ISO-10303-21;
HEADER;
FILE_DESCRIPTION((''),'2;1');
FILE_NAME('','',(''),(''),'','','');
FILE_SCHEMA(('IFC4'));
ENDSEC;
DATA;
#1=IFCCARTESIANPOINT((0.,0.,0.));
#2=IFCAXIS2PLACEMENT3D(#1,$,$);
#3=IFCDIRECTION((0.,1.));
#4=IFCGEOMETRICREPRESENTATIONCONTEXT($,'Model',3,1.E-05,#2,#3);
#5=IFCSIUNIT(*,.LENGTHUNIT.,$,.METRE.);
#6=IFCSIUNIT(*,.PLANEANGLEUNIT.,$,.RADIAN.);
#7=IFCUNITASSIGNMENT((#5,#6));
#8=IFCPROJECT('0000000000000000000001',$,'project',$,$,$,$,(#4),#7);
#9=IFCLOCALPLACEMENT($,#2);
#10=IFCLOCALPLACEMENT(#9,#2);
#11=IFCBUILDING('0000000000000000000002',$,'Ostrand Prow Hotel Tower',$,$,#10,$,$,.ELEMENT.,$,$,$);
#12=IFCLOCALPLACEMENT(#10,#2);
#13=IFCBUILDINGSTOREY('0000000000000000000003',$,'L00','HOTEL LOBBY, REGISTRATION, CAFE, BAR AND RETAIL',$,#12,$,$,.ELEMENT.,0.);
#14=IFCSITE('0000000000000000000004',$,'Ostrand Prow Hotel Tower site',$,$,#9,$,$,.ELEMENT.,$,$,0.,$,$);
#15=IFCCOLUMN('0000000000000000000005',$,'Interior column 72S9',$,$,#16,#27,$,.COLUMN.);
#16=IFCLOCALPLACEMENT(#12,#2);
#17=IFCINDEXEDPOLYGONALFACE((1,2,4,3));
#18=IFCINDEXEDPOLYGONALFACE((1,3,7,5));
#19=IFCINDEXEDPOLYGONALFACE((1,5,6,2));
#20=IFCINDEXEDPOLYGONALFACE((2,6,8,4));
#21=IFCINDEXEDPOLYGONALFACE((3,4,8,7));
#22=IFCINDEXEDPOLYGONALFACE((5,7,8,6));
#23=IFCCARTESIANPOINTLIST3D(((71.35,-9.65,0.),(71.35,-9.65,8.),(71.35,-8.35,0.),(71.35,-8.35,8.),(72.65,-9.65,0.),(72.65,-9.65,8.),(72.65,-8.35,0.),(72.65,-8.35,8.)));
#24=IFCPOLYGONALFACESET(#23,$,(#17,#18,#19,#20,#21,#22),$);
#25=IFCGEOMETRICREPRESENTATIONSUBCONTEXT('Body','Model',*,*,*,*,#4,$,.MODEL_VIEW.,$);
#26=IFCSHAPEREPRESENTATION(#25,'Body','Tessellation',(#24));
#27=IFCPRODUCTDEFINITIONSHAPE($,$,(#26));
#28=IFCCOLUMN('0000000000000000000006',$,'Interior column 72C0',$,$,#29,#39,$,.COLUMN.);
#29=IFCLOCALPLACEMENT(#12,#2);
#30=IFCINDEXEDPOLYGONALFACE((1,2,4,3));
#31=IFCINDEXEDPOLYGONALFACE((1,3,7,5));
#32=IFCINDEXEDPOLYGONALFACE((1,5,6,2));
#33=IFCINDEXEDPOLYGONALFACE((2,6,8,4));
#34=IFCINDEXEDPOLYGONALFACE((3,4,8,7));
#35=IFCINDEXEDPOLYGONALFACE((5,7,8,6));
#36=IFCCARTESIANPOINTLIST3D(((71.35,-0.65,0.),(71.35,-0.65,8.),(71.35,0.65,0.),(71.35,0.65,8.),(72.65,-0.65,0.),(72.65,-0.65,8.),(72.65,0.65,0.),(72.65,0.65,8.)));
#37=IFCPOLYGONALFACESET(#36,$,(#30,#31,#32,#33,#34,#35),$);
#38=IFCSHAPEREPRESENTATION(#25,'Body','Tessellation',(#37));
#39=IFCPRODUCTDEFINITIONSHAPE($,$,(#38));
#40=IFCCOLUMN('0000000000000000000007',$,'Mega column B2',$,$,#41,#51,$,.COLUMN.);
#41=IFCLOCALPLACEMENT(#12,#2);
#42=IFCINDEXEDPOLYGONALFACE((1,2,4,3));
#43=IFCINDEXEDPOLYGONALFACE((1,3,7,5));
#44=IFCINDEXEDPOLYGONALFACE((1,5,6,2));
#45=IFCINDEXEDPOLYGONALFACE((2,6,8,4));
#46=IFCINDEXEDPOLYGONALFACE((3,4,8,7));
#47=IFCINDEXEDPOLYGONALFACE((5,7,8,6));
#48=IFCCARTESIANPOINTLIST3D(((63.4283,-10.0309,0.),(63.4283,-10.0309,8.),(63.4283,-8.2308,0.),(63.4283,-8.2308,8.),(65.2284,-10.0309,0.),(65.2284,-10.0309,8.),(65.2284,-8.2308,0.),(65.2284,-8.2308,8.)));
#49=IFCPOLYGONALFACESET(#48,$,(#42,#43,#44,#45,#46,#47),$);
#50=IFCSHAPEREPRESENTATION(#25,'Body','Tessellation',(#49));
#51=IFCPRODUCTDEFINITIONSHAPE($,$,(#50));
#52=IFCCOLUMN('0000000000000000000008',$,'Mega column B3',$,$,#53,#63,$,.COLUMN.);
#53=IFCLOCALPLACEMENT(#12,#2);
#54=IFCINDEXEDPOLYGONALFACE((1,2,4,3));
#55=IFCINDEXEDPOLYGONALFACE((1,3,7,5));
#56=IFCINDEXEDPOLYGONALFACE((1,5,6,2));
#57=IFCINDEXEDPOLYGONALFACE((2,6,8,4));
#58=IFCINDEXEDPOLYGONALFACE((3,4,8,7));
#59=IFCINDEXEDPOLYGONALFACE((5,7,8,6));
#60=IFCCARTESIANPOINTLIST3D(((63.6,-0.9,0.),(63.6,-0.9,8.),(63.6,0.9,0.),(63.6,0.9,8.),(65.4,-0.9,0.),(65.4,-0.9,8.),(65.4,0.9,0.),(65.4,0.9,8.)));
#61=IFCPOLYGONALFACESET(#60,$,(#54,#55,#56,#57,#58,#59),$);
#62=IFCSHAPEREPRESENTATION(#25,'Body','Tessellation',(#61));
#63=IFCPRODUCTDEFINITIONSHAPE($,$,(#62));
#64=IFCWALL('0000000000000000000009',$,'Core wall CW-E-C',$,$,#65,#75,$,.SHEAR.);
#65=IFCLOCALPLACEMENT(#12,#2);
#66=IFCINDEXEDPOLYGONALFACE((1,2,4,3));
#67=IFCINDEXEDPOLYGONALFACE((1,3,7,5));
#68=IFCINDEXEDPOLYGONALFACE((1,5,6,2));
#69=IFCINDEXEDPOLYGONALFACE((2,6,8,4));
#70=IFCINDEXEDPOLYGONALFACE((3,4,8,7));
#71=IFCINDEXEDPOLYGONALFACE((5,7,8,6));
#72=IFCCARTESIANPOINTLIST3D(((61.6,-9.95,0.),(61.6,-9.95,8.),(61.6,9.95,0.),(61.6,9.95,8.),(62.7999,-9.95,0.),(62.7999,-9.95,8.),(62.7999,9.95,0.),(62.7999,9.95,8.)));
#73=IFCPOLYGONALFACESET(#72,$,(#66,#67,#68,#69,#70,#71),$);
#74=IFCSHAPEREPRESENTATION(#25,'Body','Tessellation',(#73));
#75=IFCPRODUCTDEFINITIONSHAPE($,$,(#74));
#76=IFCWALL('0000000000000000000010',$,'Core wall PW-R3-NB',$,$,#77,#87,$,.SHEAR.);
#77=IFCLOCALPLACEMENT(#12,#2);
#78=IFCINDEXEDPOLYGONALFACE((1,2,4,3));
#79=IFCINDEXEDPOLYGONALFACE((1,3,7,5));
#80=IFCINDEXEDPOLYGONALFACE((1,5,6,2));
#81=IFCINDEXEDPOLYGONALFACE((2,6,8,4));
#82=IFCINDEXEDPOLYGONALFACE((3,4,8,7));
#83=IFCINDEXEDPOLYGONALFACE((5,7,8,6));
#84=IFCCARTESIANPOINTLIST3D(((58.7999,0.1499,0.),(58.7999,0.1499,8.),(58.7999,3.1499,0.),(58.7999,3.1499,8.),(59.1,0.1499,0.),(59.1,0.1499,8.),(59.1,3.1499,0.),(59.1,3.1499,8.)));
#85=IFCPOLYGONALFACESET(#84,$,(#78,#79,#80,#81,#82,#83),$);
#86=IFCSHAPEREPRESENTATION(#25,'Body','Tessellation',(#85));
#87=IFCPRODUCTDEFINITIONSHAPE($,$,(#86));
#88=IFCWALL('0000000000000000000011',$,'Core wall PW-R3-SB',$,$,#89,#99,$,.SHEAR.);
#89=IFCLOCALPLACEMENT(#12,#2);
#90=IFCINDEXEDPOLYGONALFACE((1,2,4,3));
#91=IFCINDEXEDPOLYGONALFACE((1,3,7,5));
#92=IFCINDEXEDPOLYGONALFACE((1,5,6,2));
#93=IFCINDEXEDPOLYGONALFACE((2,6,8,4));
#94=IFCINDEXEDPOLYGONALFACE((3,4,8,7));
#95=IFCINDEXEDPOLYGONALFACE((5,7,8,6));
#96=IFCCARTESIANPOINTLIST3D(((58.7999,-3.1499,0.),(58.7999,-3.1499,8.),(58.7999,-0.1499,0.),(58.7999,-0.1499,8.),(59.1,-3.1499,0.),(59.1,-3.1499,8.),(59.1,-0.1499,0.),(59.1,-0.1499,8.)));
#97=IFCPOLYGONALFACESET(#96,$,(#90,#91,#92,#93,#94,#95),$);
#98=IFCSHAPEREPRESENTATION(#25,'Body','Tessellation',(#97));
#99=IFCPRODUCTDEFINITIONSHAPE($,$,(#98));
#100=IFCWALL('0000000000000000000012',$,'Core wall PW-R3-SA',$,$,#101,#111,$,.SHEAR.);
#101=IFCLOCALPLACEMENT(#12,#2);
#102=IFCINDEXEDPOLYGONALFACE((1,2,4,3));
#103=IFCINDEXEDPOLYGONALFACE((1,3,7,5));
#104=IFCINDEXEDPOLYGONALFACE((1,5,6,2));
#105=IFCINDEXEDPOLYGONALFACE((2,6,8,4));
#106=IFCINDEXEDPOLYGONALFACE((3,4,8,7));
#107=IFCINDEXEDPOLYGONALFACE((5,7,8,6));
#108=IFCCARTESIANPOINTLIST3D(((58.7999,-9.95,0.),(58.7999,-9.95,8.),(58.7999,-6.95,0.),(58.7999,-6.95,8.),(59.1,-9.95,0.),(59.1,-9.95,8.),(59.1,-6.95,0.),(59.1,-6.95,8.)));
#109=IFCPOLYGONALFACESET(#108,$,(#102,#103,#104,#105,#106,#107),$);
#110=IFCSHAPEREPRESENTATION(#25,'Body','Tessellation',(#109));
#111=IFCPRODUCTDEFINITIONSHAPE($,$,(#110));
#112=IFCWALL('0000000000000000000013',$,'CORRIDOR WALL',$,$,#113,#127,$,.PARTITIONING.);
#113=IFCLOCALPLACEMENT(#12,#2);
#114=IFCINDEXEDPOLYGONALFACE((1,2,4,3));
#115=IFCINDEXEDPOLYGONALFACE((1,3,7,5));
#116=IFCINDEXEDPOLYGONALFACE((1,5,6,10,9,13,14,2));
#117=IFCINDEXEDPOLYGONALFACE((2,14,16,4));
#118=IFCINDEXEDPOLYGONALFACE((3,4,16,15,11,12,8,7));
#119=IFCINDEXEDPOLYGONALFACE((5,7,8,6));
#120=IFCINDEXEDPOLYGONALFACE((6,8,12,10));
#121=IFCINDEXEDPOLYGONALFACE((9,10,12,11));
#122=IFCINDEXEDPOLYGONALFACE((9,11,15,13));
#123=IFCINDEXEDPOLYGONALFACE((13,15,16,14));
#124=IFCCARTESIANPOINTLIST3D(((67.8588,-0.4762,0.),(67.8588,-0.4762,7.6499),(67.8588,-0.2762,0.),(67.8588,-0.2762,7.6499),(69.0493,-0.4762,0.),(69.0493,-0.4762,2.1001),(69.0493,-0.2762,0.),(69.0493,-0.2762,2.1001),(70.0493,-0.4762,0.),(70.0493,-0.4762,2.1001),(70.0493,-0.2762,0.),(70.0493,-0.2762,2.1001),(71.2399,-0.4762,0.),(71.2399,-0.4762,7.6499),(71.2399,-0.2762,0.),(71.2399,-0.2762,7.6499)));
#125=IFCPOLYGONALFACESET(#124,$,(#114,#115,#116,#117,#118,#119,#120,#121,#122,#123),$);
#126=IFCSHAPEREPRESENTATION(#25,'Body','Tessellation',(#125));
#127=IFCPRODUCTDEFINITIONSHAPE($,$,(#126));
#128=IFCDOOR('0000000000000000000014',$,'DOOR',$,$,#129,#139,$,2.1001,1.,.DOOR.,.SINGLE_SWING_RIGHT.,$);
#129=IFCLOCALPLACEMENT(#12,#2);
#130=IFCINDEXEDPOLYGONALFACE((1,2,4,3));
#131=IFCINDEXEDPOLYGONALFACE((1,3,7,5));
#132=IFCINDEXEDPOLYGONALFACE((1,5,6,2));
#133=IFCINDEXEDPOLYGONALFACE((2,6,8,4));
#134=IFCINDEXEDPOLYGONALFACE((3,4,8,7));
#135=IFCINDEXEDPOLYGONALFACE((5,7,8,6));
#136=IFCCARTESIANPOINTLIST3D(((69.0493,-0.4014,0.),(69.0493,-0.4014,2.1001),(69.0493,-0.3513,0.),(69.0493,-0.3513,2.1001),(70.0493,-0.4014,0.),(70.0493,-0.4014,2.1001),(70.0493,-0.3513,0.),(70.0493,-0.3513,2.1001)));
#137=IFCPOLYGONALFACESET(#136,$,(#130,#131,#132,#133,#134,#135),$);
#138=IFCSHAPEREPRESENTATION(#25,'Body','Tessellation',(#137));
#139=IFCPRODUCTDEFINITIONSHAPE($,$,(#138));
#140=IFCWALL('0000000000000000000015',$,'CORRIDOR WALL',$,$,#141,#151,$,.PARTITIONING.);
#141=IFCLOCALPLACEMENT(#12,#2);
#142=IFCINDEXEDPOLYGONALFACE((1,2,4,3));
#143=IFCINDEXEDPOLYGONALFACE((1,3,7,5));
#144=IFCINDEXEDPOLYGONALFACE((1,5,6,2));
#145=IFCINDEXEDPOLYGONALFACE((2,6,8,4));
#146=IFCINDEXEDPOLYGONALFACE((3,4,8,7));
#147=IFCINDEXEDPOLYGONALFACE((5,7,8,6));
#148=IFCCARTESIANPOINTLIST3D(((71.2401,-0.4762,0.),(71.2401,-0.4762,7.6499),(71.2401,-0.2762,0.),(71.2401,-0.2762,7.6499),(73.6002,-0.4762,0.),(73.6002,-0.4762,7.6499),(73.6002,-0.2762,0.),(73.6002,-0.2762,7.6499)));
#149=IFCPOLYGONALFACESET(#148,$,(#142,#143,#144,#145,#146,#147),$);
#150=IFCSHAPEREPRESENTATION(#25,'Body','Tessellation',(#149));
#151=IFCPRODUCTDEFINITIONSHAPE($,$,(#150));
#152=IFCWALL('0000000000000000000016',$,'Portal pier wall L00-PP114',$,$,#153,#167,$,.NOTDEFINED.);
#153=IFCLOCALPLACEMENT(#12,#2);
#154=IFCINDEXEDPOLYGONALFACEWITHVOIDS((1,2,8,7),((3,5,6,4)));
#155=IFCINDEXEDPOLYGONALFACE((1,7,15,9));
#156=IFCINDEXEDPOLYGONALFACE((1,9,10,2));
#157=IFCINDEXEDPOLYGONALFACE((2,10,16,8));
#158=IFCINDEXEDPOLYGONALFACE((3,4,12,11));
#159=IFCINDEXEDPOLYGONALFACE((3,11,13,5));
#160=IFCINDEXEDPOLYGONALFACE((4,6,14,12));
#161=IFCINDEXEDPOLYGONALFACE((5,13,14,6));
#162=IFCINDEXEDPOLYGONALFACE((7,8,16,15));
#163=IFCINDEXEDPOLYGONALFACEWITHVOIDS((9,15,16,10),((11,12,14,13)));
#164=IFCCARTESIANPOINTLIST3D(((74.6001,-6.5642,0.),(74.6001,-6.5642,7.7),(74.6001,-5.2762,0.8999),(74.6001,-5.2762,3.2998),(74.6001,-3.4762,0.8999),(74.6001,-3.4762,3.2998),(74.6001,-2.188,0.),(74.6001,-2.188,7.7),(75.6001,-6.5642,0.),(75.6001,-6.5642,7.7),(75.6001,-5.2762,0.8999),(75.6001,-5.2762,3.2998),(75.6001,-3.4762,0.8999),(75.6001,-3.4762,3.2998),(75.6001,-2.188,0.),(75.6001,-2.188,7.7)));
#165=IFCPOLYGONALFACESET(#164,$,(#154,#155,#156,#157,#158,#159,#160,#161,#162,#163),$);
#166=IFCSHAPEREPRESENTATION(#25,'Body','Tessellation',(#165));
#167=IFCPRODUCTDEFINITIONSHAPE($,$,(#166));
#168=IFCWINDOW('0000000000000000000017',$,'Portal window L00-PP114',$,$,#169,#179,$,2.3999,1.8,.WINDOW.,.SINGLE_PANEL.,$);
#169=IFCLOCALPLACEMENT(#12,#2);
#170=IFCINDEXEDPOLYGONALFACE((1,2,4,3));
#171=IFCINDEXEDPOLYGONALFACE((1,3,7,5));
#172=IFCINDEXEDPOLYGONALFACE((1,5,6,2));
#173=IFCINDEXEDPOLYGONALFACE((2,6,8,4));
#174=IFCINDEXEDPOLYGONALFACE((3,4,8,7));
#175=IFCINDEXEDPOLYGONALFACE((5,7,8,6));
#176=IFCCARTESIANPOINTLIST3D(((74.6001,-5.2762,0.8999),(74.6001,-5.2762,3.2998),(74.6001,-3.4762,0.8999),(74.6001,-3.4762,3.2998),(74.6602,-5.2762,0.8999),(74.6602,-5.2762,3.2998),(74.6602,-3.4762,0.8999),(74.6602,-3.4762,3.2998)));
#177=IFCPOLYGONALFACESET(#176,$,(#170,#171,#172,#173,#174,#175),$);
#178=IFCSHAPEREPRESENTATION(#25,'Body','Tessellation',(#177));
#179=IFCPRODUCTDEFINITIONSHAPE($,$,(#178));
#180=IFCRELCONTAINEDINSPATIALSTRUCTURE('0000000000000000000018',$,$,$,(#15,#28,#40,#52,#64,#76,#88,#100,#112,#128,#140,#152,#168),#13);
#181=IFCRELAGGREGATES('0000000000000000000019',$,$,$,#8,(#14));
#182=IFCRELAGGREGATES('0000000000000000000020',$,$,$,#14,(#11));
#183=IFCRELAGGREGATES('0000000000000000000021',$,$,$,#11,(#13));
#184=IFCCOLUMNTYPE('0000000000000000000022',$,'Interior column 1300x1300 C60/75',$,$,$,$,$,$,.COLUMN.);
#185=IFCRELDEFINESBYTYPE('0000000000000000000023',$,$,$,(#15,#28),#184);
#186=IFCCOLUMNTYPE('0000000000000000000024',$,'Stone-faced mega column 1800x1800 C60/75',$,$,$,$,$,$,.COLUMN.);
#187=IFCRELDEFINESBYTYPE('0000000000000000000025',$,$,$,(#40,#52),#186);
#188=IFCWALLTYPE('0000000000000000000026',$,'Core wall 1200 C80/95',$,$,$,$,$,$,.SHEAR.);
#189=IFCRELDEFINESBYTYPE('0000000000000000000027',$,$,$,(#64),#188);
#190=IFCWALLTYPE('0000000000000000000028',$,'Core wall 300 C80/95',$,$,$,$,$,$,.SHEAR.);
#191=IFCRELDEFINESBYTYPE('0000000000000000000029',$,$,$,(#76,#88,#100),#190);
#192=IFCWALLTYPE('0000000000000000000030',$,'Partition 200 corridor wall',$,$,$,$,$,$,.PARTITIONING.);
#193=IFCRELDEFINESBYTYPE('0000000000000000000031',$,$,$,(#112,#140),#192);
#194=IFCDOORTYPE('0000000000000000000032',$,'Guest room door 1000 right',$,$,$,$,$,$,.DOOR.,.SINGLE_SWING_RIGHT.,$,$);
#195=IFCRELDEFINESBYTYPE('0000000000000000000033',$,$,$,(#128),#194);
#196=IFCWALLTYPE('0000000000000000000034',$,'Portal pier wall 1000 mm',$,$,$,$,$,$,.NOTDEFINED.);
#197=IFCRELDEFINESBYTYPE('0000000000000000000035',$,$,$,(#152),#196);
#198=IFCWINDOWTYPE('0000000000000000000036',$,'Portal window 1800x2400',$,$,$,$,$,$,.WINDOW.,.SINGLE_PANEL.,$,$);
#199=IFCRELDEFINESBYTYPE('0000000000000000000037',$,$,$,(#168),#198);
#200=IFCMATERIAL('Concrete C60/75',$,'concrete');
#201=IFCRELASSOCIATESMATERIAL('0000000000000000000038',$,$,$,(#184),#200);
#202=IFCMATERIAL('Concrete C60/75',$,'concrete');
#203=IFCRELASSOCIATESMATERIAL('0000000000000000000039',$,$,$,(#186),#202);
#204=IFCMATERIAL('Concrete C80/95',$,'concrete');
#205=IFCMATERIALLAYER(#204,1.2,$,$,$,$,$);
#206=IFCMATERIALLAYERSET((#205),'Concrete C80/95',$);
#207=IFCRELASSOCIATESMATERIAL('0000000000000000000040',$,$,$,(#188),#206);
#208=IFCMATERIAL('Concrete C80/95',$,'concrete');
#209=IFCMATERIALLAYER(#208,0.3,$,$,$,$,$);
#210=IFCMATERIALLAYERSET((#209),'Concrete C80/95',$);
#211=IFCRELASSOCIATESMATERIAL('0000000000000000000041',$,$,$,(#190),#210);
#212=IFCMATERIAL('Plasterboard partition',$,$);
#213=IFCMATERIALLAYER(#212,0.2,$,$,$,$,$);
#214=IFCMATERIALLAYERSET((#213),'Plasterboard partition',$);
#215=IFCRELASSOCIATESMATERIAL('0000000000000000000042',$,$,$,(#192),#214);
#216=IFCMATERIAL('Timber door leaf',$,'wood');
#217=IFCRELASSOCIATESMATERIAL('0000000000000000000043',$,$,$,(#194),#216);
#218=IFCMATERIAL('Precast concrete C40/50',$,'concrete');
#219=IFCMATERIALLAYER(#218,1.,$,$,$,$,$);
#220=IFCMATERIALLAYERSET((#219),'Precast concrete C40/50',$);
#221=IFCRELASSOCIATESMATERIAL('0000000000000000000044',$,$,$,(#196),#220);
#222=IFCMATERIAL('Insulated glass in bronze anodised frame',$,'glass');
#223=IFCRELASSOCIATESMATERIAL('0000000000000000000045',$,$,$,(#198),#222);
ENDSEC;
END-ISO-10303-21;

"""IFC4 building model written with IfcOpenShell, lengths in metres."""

from ifc_helpers import new_model, si_unit, direction, frame, frame_2d, origin, origin_2d, place, context, subcontext, project, spatial, polyline, rectangle, outline, extrude, material, layer, layer_set, material_profile, profile_set, type_object, element, fill, save


model = new_model("IFC4")

# Units and contexts
model_context = context("Model", 3, precision=1e-05, world=origin(), true_north=direction((0.0, 1.0)))
body_context = subcontext(model_context, "Body", "Model", "MODEL_VIEW")
ifc_project = project(units=[si_unit("LENGTHUNIT", "METRE"), si_unit("PLANEANGLEUNIT", "RADIAN")], contexts=[model_context])

# Site, building, storey
site_placement = place(None, origin())
site = spatial("IfcSite", under=ifc_project, at=site_placement, Name="Ostrand Prow Hotel Tower site", CompositionType="ELEMENT", RefElevation=0.0)
building_placement = place(site_placement, origin())
building = spatial("IfcBuilding", under=site, at=building_placement, Name="Ostrand Prow Hotel Tower", CompositionType="ELEMENT")
storey_placement = place(building_placement, origin())
storey = spatial("IfcBuildingStorey", under=building, at=storey_placement, Name="L00", Description="HOTEL LOBBY, REGISTRATION, CAFE, BAR AND RETAIL", CompositionType="ELEMENT", Elevation=0.0)

# Columns
ifc_material_1 = material(Name="Concrete C60/75", Category="concrete")
ifc_material_profile_1 = material_profile(ifc_material_1, rectangle(XDim=1.3, YDim=1.3, at=origin_2d()), Name="RC 1300x1300")
ifc_profile_set_1 = profile_set([ifc_material_profile_1], Name="Concrete C60/75")
column_type_1 = type_object("IfcColumnType", Name="Interior column 1300x1300 C60/75", PredefinedType="COLUMN", material=ifc_profile_set_1)
for number, where, z_axis, x_axis, name in (
    (1, (72.0, -9.0, 0.0), (0.0, 0.0, 1.0), (1.0, 0.0, 0.0), "Interior column 72S9"),
    (2, (72.0, 0.0, 0.0), (0.0, 0.0, 1.0), (1.0, 0.0, 0.0), "Interior column 72C0"),
):
    element("IfcColumn", number, at=place(storey_placement, frame(where, z_axis=z_axis, x_axis=x_axis)), inside=storey, type_object=column_type_1, Name=name, PredefinedType="COLUMN", context=body_context, shape_type="SweptSolid", body=[
        extrude(rectangle(XDim=1.3, YDim=1.3, at=origin_2d()), origin(), (0.0, 0.0, 1.0), 8.0),
    ])
ifc_material_2 = material(Name="Concrete C60/75", Category="concrete")
ifc_material_profile_2 = material_profile(ifc_material_2, rectangle(XDim=1.8, YDim=1.8, at=origin_2d()), Name="RC 1800x1800")
ifc_profile_set_2 = profile_set([ifc_material_profile_2], Name="Concrete C60/75")
column_type_2 = type_object("IfcColumnType", Name="Stone-faced mega column 1800x1800 C60/75", PredefinedType="COLUMN", material=ifc_profile_set_2)
for number, where, z_axis, x_axis, name in (
    (3, (64.3284, -9.1309, 0.0), (0.0, 0.0, 1.0), (1.0, 0.0, 0.0), "Mega column B2"),
    (4, (64.5, 0.0, 0.0), (0.0, 0.0, 1.0), (1.0, 0.0, 0.0), "Mega column B3"),
):
    element("IfcColumn", number, at=place(storey_placement, frame(where, z_axis=z_axis, x_axis=x_axis)), inside=storey, type_object=column_type_2, Name=name, PredefinedType="COLUMN", context=body_context, shape_type="SweptSolid", body=[
        extrude(rectangle(XDim=1.8, YDim=1.8, at=origin_2d()), origin(), (0.0, 0.0, 1.0), 8.0),
    ])

# Walls
ifc_material_3 = material(Name="Concrete C80/95", Category="concrete")
ifc_layer_1 = layer(ifc_material_3, 1.2)
ifc_layer_set_1 = layer_set([ifc_layer_1], Name="Concrete C80/95")
wall_type_1 = type_object("IfcWallType", Name="Core wall 1200 C80/95", PredefinedType="SHEAR", material=ifc_layer_set_1)
wall_1_placement = place(storey_placement, frame((62.2, -9.95, 0.0), z_axis=(0.0, 0.0, 1.0), x_axis=(0.0, 1.0, 0.0)))
element("IfcWall", 5, at=wall_1_placement, inside=storey, type_object=wall_type_1, Name="Core wall CW-E-C", PredefinedType="SHEAR", context=body_context, shape_type="SweptSolid", body=[
    extrude(rectangle(XDim=19.8999, YDim=1.2, at=frame_2d((9.95, 0.0))), origin(), (0.0, 0.0, 1.0), 8.0),
])
ifc_material_4 = material(Name="Concrete C80/95", Category="concrete")
ifc_layer_2 = layer(ifc_material_4, 0.3)
ifc_layer_set_2 = layer_set([ifc_layer_2], Name="Concrete C80/95")
wall_type_2 = type_object("IfcWallType", Name="Core wall 300 C80/95", PredefinedType="SHEAR", material=ifc_layer_set_2)
for number, where, z_axis, x_axis, name in (
    (6, (58.95, 0.1499, 0.0), (0.0, 0.0, 1.0), (0.0, 1.0, 0.0), "Core wall PW-R3-NB"),
    (7, (58.95, -3.1499, 0.0), (0.0, 0.0, 1.0), (0.0, 1.0, 0.0), "Core wall PW-R3-SB"),
    (8, (58.95, -9.95, 0.0), (0.0, 0.0, 1.0), (0.0, 1.0, 0.0), "Core wall PW-R3-SA"),
):
    element("IfcWall", number, at=place(storey_placement, frame(where, z_axis=z_axis, x_axis=x_axis)), inside=storey, type_object=wall_type_2, Name=name, PredefinedType="SHEAR", context=body_context, shape_type="SweptSolid", body=[
        extrude(rectangle(XDim=3.0, YDim=0.3, at=frame_2d((1.5, 0.0))), origin(), (0.0, 0.0, 1.0), 8.0),
    ])

# Wall, opening, door
ifc_material_5 = material(Name="Plasterboard partition")
ifc_layer_3 = layer(ifc_material_5, 0.2)
ifc_layer_set_3 = layer_set([ifc_layer_3], Name="Plasterboard partition")
wall_type_3 = type_object("IfcWallType", Name="Partition 200 corridor wall", PredefinedType="PARTITIONING", material=ifc_layer_set_3)
wall_2_placement = place(storey_placement, frame((67.8589, -0.3762, 0.0), z_axis=(0.0, 0.0, 1.0), x_axis=(1.0, 0.0, 0.0)))
wall_2 = element("IfcWall", 9, at=wall_2_placement, inside=storey, type_object=wall_type_3, Name="CORRIDOR WALL", PredefinedType="PARTITIONING", context=body_context, shape_type="SweptSolid", body=[
    extrude(rectangle(XDim=3.3811, YDim=0.2, at=frame_2d((1.6904, 0.0))), origin(), (0.0, 0.0, 1.0), 7.6499),
])
opening_1_placement = place(wall_2_placement, frame((1.1904, 0.0, 0.0)))
opening_1 = element("IfcOpeningElement", 10, at=opening_1_placement, cuts=wall_2, PredefinedType="OPENING", context=body_context, shape_type="SweptSolid", body=[
    extrude(rectangle(XDim=1.0, YDim=2.1001, at=frame_2d((0.5, 1.05))), frame((0.0, 0.1099, 0.0), z_axis=(0.0, -1.0, 0.0), x_axis=(1.0, 0.0, 0.0)), (0.0, 0.0, 1.0), 0.22),
])
ifc_material_6 = material(Name="Timber door leaf", Category="wood")
door_type_1 = type_object("IfcDoorType", Name="Guest room door 1000 right", OperationType="SINGLE_SWING_RIGHT", PredefinedType="DOOR", material=ifc_material_6)
door_1_placement = place(opening_1_placement, origin())
door_1 = element("IfcDoor", 11, at=door_1_placement, inside=storey, type_object=door_type_1, Name="DOOR", OperationType="SINGLE_SWING_RIGHT", OverallHeight=2.1001, OverallWidth=1.0, PredefinedType="DOOR", context=body_context, shape_type="SweptSolid", body=[
    extrude(rectangle(XDim=1.0, YDim=2.1001, at=frame_2d((0.5, 1.05))), frame((0.0, 0.0249, 0.0), z_axis=(0.0, -1.0, 0.0), x_axis=(1.0, 0.0, 0.0)), (0.0, 0.0, 1.0), 0.05),
])
fill(opening_1, door_1)

# Wall
wall_3_placement = place(storey_placement, frame((71.24, -0.3762, 0.0), z_axis=(0.0, 0.0, 1.0), x_axis=(1.0, 0.0, 0.0)))
element("IfcWall", 12, at=wall_3_placement, inside=storey, type_object=wall_type_3, Name="CORRIDOR WALL", PredefinedType="PARTITIONING", context=body_context, shape_type="SweptSolid", body=[
    extrude(rectangle(XDim=2.3601, YDim=0.2, at=frame_2d((1.1802, 0.0))), origin(), (0.0, 0.0, 1.0), 7.6499),
])

# Shared definitions
ifc_material_7 = material(Name="Precast concrete C40/50", Category="concrete")
ifc_layer_4 = layer(ifc_material_7, 1.0)
ifc_layer_set_4 = layer_set([ifc_layer_4], Name="Precast concrete C40/50")
wall_type_4 = type_object("IfcWallType", Name="Portal pier wall 1000 mm", PredefinedType="NOTDEFINED", material=ifc_layer_set_4)

# Wall, opening, window
wall_4_placement = place(storey_placement, frame((75.1001, -6.5642, 0.0), z_axis=(0.0, 0.0, 1.0), x_axis=(0.0, 1.0, 0.0)))
wall_4 = element("IfcWall", 13, at=wall_4_placement, inside=storey, type_object=wall_type_4, Name="Portal pier wall L00-PP114", PredefinedType="NOTDEFINED", context=body_context, shape_type="SweptSolid", body=[
    extrude(outline(polyline([(0.0, -0.5), (4.3762, -0.5), (4.3762, 0.5), (0.0, 0.5), (0.0, -0.5)])), origin(), (0.0, 0.0, 1.0), 7.7),
])
opening_2_placement = place(wall_4_placement, frame((1.2881, 0.0, 0.8999)))
opening_2 = element("IfcOpeningElement", 14, at=opening_2_placement, cuts=wall_4, PredefinedType="OPENING", context=body_context, shape_type="SweptSolid", body=[
    extrude(rectangle(XDim=1.8, YDim=2.3999, at=frame_2d((0.8999, 1.2))), frame((0.0, 0.51, 0.0), z_axis=(0.0, -1.0, 0.0), x_axis=(1.0, 0.0, 0.0)), (0.0, 0.0, 1.0), 1.02),
])
ifc_material_8 = material(Name="Insulated glass in bronze anodised frame", Category="glass")
window_type = type_object("IfcWindowType", Name="Portal window 1800x2400", PartitioningType="SINGLE_PANEL", PredefinedType="WINDOW", material=ifc_material_8)
window_placement = place(opening_2_placement, origin())
window = element("IfcWindow", 15, at=window_placement, inside=storey, type_object=window_type, Name="Portal window L00-PP114", OverallHeight=2.3999, OverallWidth=1.8, PartitioningType="SINGLE_PANEL", PredefinedType="WINDOW", context=body_context, shape_type="SweptSolid", body=[
    extrude(rectangle(XDim=1.8, YDim=2.3999, at=frame_2d((0.8999, 1.2))), frame((0.0, 0.5, 0.0), z_axis=(0.0, -1.0, 0.0), x_axis=(1.0, 0.0, 0.0)), (0.0, 0.0, 1.0), 0.0601),
])
fill(opening_2, window)

save(model, "model.ifc")
